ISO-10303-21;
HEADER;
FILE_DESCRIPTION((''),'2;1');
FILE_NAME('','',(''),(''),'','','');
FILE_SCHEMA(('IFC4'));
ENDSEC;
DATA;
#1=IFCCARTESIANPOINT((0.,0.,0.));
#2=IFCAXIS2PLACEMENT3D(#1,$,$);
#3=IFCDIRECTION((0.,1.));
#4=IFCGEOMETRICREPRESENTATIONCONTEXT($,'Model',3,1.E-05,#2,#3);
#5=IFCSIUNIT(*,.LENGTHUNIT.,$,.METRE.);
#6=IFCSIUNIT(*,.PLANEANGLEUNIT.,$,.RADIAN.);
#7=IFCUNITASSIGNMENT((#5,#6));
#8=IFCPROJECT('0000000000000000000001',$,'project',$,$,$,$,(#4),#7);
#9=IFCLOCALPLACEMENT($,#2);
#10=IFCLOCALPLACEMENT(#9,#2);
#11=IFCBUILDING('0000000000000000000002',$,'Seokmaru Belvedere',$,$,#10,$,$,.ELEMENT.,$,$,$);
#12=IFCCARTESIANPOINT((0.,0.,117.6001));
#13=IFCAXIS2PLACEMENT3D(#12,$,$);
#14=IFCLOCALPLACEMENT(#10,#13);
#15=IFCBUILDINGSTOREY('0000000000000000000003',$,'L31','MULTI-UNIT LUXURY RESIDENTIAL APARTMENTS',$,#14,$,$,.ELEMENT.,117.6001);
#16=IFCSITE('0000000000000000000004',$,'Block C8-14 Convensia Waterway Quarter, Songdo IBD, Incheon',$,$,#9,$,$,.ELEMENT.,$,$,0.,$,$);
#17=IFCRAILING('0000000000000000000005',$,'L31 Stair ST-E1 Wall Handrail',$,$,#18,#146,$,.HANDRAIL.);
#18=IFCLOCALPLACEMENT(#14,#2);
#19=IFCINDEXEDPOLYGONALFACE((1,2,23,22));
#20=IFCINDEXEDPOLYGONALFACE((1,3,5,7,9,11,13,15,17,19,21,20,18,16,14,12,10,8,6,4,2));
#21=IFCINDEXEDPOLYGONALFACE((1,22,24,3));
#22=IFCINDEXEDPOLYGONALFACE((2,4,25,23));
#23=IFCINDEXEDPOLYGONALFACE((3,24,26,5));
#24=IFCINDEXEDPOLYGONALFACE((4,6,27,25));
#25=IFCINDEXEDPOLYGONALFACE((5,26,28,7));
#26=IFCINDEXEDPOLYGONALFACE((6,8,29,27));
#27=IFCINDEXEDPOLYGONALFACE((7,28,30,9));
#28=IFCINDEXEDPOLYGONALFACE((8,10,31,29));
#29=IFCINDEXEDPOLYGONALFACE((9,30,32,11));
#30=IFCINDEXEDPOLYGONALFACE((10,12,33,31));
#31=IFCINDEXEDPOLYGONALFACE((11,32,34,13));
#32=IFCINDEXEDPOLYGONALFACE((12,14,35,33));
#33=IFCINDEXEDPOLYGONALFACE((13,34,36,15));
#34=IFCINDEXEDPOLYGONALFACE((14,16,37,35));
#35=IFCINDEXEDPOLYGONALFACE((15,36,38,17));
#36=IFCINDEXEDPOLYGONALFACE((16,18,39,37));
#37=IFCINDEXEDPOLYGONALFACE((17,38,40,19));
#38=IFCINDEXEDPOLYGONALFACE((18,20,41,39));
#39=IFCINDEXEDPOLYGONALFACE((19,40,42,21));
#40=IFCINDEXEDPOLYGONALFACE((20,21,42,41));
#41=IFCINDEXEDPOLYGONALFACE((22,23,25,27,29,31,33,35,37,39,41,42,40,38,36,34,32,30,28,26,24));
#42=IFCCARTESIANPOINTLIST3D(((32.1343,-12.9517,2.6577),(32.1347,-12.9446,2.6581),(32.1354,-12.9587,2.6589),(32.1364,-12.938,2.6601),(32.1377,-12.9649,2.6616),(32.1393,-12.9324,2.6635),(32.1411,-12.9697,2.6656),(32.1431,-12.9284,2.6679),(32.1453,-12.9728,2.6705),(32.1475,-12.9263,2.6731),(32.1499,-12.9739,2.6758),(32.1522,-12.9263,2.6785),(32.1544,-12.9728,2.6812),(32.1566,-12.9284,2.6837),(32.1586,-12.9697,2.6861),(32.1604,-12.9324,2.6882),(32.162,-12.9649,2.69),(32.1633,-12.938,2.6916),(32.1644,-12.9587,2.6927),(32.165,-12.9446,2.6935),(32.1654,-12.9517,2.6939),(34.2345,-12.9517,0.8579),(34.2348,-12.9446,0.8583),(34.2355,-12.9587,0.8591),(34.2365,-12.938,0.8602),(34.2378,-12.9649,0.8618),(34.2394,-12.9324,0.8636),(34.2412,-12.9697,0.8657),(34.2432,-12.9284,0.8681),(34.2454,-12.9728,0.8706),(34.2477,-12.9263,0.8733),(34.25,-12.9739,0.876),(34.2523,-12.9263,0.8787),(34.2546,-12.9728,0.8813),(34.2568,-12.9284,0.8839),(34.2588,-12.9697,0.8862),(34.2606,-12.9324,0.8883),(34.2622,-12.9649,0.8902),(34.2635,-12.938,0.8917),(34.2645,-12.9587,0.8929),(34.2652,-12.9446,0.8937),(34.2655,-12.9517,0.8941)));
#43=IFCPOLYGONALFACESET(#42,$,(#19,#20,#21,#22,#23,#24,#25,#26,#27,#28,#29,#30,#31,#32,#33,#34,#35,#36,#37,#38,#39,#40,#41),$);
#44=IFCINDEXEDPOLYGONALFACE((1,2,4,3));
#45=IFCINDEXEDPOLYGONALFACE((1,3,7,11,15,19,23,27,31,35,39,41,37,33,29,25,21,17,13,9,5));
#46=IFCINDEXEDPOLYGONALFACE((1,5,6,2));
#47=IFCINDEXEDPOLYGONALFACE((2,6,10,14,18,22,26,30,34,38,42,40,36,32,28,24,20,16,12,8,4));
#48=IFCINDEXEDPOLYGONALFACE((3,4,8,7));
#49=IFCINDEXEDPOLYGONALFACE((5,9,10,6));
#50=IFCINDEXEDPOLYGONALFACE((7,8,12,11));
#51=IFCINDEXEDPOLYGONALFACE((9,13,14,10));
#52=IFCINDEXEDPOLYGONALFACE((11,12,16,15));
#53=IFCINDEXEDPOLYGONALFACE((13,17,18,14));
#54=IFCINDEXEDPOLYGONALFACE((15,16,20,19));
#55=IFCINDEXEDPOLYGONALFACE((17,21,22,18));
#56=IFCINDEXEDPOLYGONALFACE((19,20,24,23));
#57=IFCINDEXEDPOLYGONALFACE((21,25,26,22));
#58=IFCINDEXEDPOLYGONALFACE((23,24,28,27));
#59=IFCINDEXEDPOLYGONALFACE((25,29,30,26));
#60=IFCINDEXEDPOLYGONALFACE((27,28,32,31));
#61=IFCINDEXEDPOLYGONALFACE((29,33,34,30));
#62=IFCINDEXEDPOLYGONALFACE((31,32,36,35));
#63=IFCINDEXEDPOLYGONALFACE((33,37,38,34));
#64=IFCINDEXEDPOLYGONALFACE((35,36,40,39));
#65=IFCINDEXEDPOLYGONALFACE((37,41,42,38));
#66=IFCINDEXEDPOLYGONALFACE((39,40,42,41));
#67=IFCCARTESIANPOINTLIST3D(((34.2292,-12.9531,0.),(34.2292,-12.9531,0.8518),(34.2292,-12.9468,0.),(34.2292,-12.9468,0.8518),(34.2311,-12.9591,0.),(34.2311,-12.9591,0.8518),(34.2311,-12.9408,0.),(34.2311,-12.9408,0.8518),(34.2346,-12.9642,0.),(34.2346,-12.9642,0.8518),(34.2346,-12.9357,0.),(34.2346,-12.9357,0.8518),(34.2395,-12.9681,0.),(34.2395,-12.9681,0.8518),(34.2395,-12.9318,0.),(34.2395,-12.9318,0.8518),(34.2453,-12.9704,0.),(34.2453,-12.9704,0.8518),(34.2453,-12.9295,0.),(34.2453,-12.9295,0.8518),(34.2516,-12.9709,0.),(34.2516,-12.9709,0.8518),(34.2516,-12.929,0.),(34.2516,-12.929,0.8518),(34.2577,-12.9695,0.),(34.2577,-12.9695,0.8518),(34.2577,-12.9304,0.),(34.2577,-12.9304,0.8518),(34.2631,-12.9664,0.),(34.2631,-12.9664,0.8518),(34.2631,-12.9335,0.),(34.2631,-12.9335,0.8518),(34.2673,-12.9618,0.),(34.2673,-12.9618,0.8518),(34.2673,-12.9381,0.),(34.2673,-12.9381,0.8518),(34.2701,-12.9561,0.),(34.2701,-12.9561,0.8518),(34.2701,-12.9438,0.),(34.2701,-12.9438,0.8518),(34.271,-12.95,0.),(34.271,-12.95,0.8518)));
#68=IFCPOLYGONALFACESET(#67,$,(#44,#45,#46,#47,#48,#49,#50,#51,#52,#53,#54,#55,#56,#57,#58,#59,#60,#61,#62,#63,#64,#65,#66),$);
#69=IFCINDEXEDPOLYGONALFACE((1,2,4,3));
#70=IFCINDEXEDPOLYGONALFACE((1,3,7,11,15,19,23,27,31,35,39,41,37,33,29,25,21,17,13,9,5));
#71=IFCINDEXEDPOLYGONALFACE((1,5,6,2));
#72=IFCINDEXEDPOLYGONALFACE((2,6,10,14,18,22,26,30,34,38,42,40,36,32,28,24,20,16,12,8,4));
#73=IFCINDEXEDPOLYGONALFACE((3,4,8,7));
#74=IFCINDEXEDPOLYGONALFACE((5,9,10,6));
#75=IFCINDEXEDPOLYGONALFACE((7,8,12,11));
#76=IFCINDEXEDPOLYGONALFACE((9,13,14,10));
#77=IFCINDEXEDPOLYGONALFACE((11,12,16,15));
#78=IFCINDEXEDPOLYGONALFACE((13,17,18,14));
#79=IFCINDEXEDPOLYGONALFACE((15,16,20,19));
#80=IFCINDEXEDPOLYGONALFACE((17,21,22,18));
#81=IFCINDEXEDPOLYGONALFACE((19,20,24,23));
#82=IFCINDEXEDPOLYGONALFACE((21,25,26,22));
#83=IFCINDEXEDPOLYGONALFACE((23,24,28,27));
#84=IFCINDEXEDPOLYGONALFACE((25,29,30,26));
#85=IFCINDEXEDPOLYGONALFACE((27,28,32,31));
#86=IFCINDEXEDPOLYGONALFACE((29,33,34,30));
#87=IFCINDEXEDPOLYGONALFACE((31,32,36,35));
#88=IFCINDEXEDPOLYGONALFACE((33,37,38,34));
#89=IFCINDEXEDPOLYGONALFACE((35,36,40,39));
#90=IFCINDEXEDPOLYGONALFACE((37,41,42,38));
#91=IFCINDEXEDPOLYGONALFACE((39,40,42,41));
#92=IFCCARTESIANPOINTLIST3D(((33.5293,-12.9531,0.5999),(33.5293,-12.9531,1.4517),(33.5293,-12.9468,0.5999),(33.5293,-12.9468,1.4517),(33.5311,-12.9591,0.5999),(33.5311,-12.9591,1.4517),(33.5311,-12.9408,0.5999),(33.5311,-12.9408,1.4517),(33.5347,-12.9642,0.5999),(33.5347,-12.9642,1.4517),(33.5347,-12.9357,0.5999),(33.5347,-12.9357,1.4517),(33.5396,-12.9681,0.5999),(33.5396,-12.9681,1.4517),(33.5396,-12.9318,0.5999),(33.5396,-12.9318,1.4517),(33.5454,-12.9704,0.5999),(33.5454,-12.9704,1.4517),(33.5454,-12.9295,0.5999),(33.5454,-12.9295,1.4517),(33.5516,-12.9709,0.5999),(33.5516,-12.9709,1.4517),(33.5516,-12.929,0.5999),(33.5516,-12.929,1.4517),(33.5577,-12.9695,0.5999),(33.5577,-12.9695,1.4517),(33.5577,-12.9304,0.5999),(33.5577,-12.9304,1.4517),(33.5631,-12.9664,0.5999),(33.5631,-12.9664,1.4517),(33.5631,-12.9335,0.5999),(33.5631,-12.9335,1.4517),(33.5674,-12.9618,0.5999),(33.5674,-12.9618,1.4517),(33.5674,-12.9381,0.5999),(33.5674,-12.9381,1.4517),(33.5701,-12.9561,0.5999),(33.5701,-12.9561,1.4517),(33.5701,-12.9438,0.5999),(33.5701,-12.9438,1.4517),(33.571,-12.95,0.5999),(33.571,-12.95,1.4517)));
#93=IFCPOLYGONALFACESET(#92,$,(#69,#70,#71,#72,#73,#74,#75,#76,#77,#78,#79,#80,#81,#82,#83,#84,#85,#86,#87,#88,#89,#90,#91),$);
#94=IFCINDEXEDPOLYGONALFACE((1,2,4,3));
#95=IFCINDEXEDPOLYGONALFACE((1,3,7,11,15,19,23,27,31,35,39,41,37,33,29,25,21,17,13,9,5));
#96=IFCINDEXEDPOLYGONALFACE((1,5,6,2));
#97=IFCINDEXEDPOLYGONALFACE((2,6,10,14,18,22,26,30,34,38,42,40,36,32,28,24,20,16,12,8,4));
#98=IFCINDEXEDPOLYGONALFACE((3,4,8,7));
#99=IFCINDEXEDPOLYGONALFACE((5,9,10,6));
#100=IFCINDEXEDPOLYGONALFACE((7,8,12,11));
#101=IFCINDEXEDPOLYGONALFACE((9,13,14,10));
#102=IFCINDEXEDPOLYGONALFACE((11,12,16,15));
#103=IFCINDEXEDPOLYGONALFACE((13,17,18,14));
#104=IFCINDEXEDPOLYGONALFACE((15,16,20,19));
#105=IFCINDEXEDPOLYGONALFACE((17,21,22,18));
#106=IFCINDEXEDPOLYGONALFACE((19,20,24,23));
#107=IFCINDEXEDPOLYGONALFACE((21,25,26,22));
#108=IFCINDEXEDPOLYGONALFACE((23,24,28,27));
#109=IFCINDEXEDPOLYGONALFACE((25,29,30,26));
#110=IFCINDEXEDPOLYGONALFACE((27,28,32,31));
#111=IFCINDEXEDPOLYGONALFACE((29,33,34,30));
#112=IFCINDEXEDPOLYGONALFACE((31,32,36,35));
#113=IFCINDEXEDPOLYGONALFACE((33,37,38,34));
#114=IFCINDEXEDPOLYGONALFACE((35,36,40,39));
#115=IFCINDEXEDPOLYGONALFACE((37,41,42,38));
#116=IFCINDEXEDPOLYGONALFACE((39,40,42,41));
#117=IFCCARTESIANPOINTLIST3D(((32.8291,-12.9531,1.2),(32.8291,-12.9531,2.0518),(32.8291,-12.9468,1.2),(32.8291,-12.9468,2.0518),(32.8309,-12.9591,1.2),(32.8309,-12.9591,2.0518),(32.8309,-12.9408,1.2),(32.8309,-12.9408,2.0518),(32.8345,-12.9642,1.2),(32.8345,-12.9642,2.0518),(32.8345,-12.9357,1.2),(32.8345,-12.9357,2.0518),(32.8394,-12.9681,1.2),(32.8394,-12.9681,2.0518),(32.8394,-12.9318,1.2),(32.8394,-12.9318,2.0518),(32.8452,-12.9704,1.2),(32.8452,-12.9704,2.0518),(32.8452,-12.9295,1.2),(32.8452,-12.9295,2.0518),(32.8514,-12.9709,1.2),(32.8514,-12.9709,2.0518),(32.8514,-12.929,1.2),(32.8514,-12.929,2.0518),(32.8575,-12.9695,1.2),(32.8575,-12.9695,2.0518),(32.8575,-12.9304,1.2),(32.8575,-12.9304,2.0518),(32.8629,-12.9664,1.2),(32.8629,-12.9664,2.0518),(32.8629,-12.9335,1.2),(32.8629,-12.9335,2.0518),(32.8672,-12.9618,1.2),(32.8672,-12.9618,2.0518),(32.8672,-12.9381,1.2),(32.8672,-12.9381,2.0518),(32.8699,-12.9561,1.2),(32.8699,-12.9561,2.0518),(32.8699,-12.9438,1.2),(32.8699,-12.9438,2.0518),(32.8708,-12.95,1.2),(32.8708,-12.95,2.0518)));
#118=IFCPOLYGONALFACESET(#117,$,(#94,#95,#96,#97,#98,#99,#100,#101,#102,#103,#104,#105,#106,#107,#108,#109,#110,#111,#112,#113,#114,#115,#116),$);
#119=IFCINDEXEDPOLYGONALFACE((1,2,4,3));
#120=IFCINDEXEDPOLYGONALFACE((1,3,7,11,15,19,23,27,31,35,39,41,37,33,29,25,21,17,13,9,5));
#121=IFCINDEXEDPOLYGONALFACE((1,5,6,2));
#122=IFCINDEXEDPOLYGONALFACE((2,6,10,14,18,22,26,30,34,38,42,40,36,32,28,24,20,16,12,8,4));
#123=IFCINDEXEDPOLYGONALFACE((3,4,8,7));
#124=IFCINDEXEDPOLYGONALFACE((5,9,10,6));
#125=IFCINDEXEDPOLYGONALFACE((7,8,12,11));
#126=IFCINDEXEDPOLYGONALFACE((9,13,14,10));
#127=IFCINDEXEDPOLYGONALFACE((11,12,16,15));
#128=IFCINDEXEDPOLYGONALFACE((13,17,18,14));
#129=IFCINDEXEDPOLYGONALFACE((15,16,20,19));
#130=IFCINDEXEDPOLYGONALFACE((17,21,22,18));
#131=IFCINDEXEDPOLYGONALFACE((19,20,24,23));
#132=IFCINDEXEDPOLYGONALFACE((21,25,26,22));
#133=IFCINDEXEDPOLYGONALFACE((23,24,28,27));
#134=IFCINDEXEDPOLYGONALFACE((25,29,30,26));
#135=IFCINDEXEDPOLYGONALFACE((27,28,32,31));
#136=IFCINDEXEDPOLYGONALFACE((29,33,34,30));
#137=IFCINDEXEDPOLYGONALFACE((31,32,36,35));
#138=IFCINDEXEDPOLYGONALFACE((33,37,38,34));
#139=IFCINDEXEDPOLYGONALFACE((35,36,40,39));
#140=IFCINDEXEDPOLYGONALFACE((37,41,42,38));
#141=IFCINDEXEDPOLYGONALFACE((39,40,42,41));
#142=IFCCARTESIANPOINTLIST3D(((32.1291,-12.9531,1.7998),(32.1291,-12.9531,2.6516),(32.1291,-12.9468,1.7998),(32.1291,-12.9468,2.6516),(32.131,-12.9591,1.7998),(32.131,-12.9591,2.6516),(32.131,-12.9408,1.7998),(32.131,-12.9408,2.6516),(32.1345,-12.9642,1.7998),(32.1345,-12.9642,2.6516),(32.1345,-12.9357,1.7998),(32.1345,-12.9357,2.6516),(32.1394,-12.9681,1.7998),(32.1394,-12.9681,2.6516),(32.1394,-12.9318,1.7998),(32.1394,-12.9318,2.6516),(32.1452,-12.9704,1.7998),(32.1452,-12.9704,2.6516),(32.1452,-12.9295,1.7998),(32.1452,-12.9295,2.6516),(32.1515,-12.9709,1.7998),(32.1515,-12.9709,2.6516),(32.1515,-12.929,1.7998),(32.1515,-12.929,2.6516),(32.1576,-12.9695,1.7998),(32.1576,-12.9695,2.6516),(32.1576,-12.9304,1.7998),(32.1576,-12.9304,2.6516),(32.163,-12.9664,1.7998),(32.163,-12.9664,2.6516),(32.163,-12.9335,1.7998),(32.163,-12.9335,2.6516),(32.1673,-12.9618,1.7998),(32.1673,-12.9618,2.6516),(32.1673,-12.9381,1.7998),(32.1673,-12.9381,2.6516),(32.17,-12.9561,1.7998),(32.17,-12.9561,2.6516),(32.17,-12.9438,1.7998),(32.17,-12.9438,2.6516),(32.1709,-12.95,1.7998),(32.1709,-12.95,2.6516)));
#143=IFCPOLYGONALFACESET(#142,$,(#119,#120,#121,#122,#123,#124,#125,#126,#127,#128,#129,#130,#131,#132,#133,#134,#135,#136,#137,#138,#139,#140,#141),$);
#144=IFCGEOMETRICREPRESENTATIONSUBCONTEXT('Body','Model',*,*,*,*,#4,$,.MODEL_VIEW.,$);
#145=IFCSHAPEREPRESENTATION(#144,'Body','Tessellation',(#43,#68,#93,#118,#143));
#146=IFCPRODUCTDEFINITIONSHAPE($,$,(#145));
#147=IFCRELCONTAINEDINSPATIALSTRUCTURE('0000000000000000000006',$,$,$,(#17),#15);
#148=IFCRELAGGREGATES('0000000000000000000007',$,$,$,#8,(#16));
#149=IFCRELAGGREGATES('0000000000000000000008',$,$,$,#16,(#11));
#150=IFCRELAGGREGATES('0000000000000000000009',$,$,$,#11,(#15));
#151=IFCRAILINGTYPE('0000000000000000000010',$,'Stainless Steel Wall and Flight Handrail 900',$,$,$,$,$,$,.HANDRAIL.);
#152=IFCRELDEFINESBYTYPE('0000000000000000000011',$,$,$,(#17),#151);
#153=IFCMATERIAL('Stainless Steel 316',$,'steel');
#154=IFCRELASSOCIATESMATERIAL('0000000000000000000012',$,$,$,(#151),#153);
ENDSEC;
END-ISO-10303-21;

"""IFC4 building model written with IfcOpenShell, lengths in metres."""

from ifc_helpers import new_model, si_unit, direction, frame, origin, origin_2d, place, context, subcontext, project, spatial, circle, extrude, material, type_object, element, save


model = new_model("IFC4")

# Units and contexts
model_context = context("Model", 3, precision=1e-05, world=origin(), true_north=direction((0.0, 1.0)))
body_context = subcontext(model_context, "Body", "Model", "MODEL_VIEW")
ifc_project = project(units=[si_unit("LENGTHUNIT", "METRE"), si_unit("PLANEANGLEUNIT", "RADIAN")], contexts=[model_context])

# Site, building, storey
site_placement = place(None, origin())
site = spatial("IfcSite", under=ifc_project, at=site_placement, Name="Block C8-14 Convensia Waterway Quarter, Songdo IBD, Incheon", CompositionType="ELEMENT", RefElevation=0.0)
building_placement = place(site_placement, origin())
building = spatial("IfcBuilding", under=site, at=building_placement, Name="Seokmaru Belvedere", CompositionType="ELEMENT")
storey_placement = place(building_placement, frame((0.0, 0.0, 117.6001)))
storey = spatial("IfcBuildingStorey", under=building, at=storey_placement, Name="L31", Description="MULTI-UNIT LUXURY RESIDENTIAL APARTMENTS", CompositionType="ELEMENT", Elevation=117.6001)

# Shared definitions
ifc_material_1 = material(Name="Stainless Steel 316", Category="steel")

# Railing
railing_type_1 = type_object("IfcRailingType", Name="Stainless Steel Wall and Flight Handrail 900", PredefinedType="HANDRAIL", material=ifc_material_1)
railing_1_placement = place(storey_placement, frame((34.25, -12.95, 0.0)))
element("IfcRailing", 1, at=railing_1_placement, inside=storey, type_object=railing_type_1, Name="L31 Stair ST-E1 Wall Handrail", PredefinedType="HANDRAIL", context=body_context, shape_type="SweptSolid", body=[
    extrude(circle(Radius=0.0239, at=origin_2d()), frame((0.0, 0.0, 0.876), z_axis=(-0.759306, 0.0, 0.650733), x_axis=(0.0, -1.0, 0.0)), (0.0, 0.0, 1.0), 2.7659),
    extrude(circle(Radius=0.021, at=origin_2d()), origin(), (0.0, 0.0, 1.0), 0.8518),
    extrude(circle(Radius=0.021, at=origin_2d()), frame((-0.7, 0.0, 0.5999)), (0.0, 0.0, 1.0), 0.8518),
    extrude(circle(Radius=0.021, at=origin_2d()), frame((-1.4001, 0.0, 1.2)), (0.0, 0.0, 1.0), 0.8518),
    extrude(circle(Radius=0.021, at=origin_2d()), frame((-2.1001, 0.0, 1.7998)), (0.0, 0.0, 1.0), 0.8518),
])

save(model, "model.ifc")
